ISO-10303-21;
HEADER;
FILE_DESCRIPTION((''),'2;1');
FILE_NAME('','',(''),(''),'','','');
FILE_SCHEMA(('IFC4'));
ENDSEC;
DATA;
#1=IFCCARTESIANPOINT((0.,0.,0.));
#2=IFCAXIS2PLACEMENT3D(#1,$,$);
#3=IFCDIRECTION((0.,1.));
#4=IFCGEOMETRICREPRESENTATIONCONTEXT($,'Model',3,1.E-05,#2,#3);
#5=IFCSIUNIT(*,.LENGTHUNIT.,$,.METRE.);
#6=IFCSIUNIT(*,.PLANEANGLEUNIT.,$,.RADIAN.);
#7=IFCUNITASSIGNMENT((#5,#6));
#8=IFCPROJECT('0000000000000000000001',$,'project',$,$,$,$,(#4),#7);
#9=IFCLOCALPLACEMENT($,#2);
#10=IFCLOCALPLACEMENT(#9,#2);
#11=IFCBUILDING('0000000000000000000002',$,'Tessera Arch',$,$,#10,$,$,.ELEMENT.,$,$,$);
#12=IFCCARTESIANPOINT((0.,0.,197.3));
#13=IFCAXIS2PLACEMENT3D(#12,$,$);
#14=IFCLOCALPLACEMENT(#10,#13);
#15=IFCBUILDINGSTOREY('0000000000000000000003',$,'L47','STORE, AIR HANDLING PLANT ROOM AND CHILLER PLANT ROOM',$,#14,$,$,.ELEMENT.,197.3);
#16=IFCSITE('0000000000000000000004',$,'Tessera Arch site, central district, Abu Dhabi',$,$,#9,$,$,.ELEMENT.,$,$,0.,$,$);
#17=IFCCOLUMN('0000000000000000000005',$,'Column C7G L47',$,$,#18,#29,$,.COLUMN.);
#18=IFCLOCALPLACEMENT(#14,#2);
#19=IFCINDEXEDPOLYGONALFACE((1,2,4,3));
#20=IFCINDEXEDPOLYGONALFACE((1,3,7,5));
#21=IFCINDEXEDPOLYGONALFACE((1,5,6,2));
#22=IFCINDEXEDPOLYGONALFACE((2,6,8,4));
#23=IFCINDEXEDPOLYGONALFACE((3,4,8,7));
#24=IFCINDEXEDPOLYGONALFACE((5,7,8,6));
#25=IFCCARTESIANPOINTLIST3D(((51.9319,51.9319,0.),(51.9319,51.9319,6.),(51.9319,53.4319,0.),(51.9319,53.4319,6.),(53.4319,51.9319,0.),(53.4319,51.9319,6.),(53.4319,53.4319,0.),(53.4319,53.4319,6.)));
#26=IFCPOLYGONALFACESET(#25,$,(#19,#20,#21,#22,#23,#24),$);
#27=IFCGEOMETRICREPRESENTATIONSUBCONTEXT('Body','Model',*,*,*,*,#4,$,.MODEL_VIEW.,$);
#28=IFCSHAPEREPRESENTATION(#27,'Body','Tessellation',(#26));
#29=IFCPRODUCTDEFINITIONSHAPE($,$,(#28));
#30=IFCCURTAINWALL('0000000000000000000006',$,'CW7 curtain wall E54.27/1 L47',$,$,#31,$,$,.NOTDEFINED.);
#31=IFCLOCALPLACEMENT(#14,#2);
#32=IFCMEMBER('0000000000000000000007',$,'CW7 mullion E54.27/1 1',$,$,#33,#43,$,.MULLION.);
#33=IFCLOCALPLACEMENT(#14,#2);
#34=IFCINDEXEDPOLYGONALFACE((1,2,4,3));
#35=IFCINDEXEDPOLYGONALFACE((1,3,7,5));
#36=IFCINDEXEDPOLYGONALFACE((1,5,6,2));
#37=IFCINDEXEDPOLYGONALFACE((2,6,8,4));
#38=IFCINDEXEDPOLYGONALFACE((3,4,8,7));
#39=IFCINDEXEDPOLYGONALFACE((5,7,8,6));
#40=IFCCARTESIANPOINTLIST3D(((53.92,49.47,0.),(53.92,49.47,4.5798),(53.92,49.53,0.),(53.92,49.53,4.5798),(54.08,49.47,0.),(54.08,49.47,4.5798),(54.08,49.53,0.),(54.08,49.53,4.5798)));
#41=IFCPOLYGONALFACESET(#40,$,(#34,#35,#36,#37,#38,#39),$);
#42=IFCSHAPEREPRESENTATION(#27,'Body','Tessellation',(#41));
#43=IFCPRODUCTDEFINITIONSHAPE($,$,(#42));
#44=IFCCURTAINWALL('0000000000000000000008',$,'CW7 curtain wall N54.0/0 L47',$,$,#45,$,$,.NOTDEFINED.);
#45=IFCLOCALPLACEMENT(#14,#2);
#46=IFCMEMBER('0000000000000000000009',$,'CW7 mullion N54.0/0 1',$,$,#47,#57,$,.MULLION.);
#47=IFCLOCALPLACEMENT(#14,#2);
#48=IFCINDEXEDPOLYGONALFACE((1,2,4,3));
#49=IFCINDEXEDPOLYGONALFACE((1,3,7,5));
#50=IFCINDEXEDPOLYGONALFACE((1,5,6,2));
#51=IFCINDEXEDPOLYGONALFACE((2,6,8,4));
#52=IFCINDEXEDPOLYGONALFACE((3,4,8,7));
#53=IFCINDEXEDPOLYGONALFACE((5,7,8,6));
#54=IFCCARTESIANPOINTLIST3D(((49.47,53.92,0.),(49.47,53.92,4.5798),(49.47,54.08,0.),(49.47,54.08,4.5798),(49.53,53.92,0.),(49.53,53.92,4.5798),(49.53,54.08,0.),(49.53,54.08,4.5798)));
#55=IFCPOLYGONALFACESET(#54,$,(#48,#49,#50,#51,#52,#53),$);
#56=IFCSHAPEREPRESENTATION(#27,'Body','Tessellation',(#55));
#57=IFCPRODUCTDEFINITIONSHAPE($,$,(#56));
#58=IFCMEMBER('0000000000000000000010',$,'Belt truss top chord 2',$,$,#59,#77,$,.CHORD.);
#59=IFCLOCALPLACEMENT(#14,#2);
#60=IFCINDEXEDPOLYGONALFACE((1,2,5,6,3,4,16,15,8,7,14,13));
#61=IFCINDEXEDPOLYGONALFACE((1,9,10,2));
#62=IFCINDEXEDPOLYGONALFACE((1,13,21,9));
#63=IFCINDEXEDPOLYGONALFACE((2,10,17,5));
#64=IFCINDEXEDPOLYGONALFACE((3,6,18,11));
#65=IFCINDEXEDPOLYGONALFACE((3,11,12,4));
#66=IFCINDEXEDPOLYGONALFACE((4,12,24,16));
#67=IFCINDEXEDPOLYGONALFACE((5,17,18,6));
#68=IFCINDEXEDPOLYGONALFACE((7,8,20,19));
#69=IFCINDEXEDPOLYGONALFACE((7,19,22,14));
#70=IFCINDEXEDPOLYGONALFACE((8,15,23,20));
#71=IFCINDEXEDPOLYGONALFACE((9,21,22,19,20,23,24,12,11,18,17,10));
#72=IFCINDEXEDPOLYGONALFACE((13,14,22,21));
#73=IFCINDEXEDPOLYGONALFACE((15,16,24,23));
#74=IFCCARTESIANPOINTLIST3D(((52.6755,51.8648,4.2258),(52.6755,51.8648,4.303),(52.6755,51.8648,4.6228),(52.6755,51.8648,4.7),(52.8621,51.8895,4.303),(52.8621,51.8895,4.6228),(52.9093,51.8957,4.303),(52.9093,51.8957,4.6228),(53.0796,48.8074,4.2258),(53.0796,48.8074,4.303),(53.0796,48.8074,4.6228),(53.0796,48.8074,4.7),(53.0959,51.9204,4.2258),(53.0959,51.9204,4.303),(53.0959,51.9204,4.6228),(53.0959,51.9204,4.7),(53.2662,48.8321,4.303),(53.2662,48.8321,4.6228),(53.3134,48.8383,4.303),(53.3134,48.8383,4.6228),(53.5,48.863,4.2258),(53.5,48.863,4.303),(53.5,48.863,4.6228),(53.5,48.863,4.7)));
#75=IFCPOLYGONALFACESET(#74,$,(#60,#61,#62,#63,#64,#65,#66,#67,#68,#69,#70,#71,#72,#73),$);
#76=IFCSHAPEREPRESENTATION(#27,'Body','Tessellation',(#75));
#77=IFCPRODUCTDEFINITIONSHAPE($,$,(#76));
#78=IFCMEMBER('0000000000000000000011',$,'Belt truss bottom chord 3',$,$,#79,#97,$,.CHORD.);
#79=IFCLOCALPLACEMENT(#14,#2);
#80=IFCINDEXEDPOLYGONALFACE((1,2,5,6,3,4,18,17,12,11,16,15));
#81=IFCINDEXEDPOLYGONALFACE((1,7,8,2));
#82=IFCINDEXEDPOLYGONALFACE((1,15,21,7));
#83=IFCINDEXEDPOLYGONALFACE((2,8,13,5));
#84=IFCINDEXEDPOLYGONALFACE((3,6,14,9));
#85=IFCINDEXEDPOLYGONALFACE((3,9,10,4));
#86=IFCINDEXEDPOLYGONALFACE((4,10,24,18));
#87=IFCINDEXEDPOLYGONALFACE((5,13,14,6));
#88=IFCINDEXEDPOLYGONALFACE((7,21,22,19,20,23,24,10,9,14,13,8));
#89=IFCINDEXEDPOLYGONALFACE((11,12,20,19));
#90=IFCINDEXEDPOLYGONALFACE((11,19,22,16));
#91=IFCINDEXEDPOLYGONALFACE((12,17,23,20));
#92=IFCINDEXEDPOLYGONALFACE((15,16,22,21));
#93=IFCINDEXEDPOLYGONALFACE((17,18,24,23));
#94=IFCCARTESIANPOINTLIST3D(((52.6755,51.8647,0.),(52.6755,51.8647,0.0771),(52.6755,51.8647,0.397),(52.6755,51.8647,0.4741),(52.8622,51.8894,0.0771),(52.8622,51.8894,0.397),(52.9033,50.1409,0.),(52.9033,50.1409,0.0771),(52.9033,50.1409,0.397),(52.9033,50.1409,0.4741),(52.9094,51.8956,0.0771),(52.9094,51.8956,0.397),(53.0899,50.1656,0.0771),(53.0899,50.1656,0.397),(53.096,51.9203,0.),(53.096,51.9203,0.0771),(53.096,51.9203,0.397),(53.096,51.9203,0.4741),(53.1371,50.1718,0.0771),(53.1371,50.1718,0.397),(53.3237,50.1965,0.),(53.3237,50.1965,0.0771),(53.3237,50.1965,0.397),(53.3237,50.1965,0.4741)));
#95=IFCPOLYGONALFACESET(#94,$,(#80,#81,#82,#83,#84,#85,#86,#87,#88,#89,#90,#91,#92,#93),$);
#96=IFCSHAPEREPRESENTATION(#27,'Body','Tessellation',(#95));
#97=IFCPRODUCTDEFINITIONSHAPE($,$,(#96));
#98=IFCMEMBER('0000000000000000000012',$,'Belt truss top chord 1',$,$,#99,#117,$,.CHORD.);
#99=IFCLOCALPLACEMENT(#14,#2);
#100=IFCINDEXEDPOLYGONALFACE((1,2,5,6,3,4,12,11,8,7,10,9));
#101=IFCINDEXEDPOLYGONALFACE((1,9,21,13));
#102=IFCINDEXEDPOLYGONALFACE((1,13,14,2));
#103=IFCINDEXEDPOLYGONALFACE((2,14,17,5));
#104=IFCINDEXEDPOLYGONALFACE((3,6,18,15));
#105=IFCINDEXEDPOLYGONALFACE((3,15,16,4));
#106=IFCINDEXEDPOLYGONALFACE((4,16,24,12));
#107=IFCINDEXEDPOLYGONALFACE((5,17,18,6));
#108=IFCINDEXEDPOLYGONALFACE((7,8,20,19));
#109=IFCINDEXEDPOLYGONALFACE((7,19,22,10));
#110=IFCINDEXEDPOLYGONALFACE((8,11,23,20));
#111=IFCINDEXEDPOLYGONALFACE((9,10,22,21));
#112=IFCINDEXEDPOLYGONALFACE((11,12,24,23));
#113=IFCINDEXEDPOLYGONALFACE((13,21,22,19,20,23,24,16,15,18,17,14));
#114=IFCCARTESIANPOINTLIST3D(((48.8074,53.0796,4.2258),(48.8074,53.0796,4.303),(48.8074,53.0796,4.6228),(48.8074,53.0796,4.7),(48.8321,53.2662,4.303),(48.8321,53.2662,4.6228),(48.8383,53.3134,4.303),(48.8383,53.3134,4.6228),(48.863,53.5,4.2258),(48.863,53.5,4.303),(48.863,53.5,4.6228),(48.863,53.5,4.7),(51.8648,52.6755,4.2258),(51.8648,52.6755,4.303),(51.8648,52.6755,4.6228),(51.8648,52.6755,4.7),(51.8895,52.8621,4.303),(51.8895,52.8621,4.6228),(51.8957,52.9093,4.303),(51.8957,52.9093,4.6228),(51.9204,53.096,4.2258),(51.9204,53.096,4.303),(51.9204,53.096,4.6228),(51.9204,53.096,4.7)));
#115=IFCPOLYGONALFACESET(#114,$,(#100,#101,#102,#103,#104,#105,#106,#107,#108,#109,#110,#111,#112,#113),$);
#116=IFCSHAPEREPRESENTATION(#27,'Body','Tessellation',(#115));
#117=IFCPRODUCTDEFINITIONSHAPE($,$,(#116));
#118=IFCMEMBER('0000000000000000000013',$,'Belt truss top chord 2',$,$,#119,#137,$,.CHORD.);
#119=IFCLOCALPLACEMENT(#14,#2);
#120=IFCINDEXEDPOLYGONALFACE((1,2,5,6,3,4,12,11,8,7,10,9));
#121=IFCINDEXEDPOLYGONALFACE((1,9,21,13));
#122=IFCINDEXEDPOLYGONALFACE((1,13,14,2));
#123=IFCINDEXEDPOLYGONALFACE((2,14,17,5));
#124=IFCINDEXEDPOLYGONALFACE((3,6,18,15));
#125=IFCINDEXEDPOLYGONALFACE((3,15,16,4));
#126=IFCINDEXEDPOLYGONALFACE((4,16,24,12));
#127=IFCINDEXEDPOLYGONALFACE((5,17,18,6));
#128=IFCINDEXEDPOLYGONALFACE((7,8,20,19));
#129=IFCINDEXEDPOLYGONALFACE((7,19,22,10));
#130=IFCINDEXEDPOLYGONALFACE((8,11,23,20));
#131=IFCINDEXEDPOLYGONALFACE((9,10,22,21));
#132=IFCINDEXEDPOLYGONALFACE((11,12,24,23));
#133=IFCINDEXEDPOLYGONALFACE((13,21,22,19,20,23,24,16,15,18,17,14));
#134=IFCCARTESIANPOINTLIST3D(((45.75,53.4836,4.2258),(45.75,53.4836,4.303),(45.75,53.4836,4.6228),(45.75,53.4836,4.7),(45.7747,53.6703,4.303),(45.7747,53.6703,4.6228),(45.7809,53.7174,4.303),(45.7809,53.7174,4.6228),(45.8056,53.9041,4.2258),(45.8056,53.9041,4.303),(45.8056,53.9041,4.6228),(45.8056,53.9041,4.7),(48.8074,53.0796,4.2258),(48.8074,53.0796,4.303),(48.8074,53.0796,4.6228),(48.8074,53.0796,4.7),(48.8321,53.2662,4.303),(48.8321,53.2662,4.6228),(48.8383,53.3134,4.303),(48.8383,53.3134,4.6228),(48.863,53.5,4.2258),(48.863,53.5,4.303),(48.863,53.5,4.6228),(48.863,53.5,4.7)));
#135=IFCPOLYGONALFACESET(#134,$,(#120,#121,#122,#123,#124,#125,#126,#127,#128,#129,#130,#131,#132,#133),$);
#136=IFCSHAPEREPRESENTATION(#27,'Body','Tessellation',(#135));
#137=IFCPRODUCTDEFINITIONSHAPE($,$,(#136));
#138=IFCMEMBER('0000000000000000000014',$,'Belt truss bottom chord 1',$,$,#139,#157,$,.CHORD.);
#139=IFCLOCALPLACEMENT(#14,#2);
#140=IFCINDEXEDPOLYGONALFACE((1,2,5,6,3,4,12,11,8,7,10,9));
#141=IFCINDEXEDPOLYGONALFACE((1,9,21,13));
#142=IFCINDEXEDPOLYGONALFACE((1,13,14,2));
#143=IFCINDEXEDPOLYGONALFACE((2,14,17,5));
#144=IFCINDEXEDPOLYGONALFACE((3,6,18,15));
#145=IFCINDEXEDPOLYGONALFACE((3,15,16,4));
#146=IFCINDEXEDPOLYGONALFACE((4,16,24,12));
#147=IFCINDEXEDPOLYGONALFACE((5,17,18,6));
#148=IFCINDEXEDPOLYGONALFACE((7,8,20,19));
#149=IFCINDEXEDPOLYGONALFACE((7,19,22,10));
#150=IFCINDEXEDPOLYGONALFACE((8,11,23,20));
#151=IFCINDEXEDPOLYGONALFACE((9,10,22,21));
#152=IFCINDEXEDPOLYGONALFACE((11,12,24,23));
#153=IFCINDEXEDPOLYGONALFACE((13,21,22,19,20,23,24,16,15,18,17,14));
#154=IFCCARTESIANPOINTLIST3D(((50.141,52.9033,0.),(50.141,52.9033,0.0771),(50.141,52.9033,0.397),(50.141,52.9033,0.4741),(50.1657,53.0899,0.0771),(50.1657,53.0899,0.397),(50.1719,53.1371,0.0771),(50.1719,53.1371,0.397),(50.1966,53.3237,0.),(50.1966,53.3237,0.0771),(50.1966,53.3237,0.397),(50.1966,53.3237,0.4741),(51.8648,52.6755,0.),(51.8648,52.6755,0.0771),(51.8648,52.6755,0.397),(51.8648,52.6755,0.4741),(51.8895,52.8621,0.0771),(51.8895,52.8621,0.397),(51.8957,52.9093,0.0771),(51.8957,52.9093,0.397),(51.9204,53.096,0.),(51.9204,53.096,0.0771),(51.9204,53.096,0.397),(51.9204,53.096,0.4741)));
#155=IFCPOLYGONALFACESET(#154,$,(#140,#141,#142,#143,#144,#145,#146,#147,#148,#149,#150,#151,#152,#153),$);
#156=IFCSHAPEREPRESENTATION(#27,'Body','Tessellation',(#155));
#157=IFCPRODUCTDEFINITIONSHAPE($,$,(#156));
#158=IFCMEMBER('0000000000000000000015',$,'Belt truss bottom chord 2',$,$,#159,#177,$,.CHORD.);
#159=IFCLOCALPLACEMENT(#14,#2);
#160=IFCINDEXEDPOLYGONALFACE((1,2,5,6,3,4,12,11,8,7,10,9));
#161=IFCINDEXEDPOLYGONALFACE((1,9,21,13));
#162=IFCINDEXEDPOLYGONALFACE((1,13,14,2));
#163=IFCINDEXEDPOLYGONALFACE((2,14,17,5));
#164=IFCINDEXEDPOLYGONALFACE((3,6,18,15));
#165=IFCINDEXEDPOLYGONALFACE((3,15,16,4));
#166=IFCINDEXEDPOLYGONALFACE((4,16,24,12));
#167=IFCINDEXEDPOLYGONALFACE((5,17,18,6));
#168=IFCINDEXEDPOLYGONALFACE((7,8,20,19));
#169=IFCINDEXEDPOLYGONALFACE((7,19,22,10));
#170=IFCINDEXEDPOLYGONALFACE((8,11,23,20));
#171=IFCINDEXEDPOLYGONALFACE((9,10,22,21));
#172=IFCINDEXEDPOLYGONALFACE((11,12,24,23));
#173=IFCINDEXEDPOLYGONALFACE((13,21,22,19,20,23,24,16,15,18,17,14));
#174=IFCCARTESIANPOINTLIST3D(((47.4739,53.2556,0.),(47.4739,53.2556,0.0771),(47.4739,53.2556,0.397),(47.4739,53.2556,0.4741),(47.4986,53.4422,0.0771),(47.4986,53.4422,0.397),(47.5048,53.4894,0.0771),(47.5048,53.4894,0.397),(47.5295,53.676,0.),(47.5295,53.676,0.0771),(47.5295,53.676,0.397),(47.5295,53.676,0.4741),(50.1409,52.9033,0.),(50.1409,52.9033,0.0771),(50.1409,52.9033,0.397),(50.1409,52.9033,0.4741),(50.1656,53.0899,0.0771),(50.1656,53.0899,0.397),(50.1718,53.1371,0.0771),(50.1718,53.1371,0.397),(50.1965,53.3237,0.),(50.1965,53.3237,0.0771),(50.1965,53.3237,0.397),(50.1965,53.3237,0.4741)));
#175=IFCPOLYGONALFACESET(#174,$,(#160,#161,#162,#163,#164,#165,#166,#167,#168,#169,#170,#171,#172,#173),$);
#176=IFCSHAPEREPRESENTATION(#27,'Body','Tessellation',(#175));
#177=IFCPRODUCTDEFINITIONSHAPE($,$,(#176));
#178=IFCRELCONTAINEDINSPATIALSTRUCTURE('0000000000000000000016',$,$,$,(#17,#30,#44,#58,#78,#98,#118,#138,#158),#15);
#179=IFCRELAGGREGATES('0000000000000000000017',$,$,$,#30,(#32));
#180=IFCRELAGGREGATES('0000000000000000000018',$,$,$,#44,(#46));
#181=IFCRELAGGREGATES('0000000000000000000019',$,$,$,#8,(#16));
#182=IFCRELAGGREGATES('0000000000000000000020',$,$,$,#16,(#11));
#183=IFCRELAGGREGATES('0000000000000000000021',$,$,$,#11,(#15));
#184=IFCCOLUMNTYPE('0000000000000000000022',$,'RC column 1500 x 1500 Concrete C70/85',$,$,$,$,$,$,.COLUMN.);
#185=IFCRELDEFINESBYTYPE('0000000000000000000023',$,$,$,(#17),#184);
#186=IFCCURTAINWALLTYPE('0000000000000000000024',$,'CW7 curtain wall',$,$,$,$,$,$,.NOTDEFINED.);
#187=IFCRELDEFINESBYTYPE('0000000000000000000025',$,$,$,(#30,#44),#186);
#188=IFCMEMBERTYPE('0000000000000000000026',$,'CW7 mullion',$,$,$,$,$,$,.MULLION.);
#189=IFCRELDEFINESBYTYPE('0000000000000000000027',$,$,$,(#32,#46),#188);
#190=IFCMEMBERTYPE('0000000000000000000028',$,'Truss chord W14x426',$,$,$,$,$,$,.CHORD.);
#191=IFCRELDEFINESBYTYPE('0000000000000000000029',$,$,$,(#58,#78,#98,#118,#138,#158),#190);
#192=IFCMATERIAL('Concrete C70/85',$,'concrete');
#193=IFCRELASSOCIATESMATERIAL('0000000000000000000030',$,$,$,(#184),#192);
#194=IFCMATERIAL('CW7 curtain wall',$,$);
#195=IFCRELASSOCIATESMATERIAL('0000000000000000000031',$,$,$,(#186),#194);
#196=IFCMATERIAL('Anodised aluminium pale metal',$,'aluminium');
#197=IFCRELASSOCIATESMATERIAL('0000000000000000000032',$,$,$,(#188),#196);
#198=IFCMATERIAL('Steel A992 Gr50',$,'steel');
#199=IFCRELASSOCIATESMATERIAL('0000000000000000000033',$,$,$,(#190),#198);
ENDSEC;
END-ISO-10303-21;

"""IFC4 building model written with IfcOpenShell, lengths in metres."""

from ifc_helpers import new_model, si_unit, direction, frame, origin, origin_2d, place, context, subcontext, project, spatial, rectangle, i_section, extrude, material, material_profile, profile_set, type_object, element, aggregate, save


model = new_model("IFC4")

# Units and contexts
model_context = context("Model", 3, precision=1e-05, world=origin(), true_north=direction((0.0, 1.0)))
body_context = subcontext(model_context, "Body", "Model", "MODEL_VIEW")
ifc_project = project(units=[si_unit("LENGTHUNIT", "METRE"), si_unit("PLANEANGLEUNIT", "RADIAN")], contexts=[model_context])

# Site, building, storey
site_placement = place(None, origin())
site = spatial("IfcSite", under=ifc_project, at=site_placement, Name="Tessera Arch site, central district, Abu Dhabi", CompositionType="ELEMENT", RefElevation=0.0)
building_placement = place(site_placement, origin())
building = spatial("IfcBuilding", under=site, at=building_placement, Name="Tessera Arch", CompositionType="ELEMENT")
storey_placement = place(building_placement, frame((0.0, 0.0, 197.3)))
storey = spatial("IfcBuildingStorey", under=building, at=storey_placement, Name="L47", Description="STORE, AIR HANDLING PLANT ROOM AND CHILLER PLANT ROOM", CompositionType="ELEMENT", Elevation=197.3)

# Column
ifc_material_1 = material(Name="Concrete C70/85", Category="concrete")
ifc_material_profile_1 = material_profile(ifc_material_1, rectangle(XDim=1.5, YDim=1.5, at=origin_2d()), Name="RC column 1500 x 1500 Concrete C70/85")
ifc_profile_set_1 = profile_set([ifc_material_profile_1], Name="Concrete C70/85")
column_type = type_object("IfcColumnType", Name="RC column 1500 x 1500 Concrete C70/85", PredefinedType="COLUMN", material=ifc_profile_set_1)
column_placement = place(storey_placement, frame((52.6819, 52.6819, 0.0), z_axis=(0.0, 0.0, 1.0), x_axis=(1.0, 0.0, 0.0)))
element("IfcColumn", 1, at=column_placement, inside=storey, type_object=column_type, Name="Column C7G L47", PredefinedType="COLUMN", context=body_context, shape_type="SweptSolid", body=[
    extrude(rectangle(XDim=1.5, YDim=1.5, at=origin_2d()), origin(), (0.0, 0.0, 1.0), 6.0),
])

# Curtain walls, members
ifc_material_2 = material(Name="CW7 curtain wall")
curtain_wall_type = type_object("IfcCurtainWallType", Name="CW7 curtain wall", PredefinedType="NOTDEFINED", material=ifc_material_2)
curtain_wall_1_placement = place(storey_placement, origin())
curtain_wall_1 = element("IfcCurtainWall", 2, at=curtain_wall_1_placement, inside=storey, type_object=curtain_wall_type, Name="CW7 curtain wall E54.27/1 L47", PredefinedType="NOTDEFINED")
ifc_material_3 = material(Name="Anodised aluminium pale metal", Category="aluminium")
ifc_material_profile_2 = material_profile(ifc_material_3, rectangle(XDim=0.1599, YDim=0.0601, at=origin_2d()), Name="AL 60x160")
ifc_profile_set_2 = profile_set([ifc_material_profile_2], Name="Anodised aluminium pale metal")
member_type_1 = type_object("IfcMemberType", Name="CW7 mullion", PredefinedType="MULLION", material=ifc_profile_set_2)
member_1_placement = place(storey_placement, frame((54.0, 49.5, 0.0), z_axis=(0.0, 0.0, 1.0), x_axis=(-1.0, 0.0, 0.0)))
member_1 = element("IfcMember", 3, at=member_1_placement, type_object=member_type_1, Name="CW7 mullion E54.27/1 1", PredefinedType="MULLION", context=body_context, shape_type="SweptSolid", body=[
    extrude(rectangle(XDim=0.1599, YDim=0.0601, at=origin_2d()), origin(), (0.0, 0.0, 1.0), 4.5798),
])
aggregate(curtain_wall_1, [member_1])
curtain_wall_2_placement = place(storey_placement, origin())
curtain_wall_2 = element("IfcCurtainWall", 4, at=curtain_wall_2_placement, inside=storey, type_object=curtain_wall_type, Name="CW7 curtain wall N54.0/0 L47", PredefinedType="NOTDEFINED")
member_2_placement = place(storey_placement, frame((49.5, 54.0, 0.0), z_axis=(0.0, 0.0, 1.0), x_axis=(0.0, -1.0, 0.0)))
member_2 = element("IfcMember", 5, at=member_2_placement, type_object=member_type_1, Name="CW7 mullion N54.0/0 1", PredefinedType="MULLION", context=body_context, shape_type="SweptSolid", body=[
    extrude(rectangle(XDim=0.1599, YDim=0.0601, at=origin_2d()), origin(), (0.0, 0.0, 1.0), 4.5798),
])

# Members
ifc_material_4 = material(Name="Steel A992 Gr50", Category="steel")
ifc_material_profile_3 = material_profile(ifc_material_4, i_section(OverallWidth=0.4241, OverallDepth=0.4741, WebThickness=0.0476, FlangeThickness=0.0771, at=origin_2d()), Name="W14x426")
ifc_profile_set_3 = profile_set([ifc_material_profile_3], Name="Steel A992 Gr50")
member_type_2 = type_object("IfcMemberType", Name="Truss chord W14x426", PredefinedType="CHORD", material=ifc_profile_set_3)
member_3_placement = place(storey_placement, frame((53.2898, 48.8352, 4.4629), z_axis=(-0.131018, 0.99138, 0.0), x_axis=(-0.99138, -0.131018, 0.0)))
element("IfcMember", 6, at=member_3_placement, inside=storey, type_object=member_type_2, Name="Belt truss top chord 2", PredefinedType="CHORD", context=body_context, shape_type="SweptSolid", body=[
    extrude(i_section(OverallWidth=0.4241, OverallDepth=0.4741, WebThickness=0.0476, FlangeThickness=0.0771, at=origin_2d()), origin(), (0.0, 0.0, 1.0), 3.084),
])
member_4_placement = place(storey_placement, frame((53.1135, 50.1687, 0.2371), z_axis=(-0.130996, 0.991383, 0.0), x_axis=(-0.991383, -0.130996, 0.0)))
element("IfcMember", 7, at=member_4_placement, inside=storey, type_object=member_type_2, Name="Belt truss bottom chord 3", PredefinedType="CHORD", context=body_context, shape_type="SweptSolid", body=[
    extrude(i_section(OverallWidth=0.4241, OverallDepth=0.4741, WebThickness=0.0476, FlangeThickness=0.0771, at=origin_2d()), origin(), (0.0, 0.0, 1.0), 1.7388),
])
for number, where, z_axis, x_axis, name in (
    (8, (51.8926, 52.8857, 4.4629), (-0.99138, 0.131018, 0.0), (-0.131018, -0.99138, 0.0), "Belt truss top chord 1"),
    (9, (48.8352, 53.2898, 4.4629), (-0.99138, 0.131018, 0.0), (-0.131018, -0.99138, 0.0), "Belt truss top chord 2"),
):
    element("IfcMember", number, at=place(storey_placement, frame(where, z_axis=z_axis, x_axis=x_axis)), inside=storey, type_object=member_type_2, Name=name, PredefinedType="CHORD", context=body_context, shape_type="SweptSolid", body=[
        extrude(i_section(OverallWidth=0.4241, OverallDepth=0.4741, WebThickness=0.0476, FlangeThickness=0.0771, at=origin_2d()), origin(), (0.0, 0.0, 1.0), 3.084),
    ])
member_5_placement = place(storey_placement, frame((51.8926, 52.8857, 0.2371), z_axis=(-0.991383, 0.130996, 0.0), x_axis=(-0.130996, -0.991383, 0.0)))
element("IfcMember", 10, at=member_5_placement, inside=storey, type_object=member_type_2, Name="Belt truss bottom chord 1", PredefinedType="CHORD", context=body_context, shape_type="SweptSolid", body=[
    extrude(i_section(OverallWidth=0.4241, OverallDepth=0.4741, WebThickness=0.0476, FlangeThickness=0.0771, at=origin_2d()), origin(), (0.0, 0.0, 1.0), 1.7388),
])
member_6_placement = place(storey_placement, frame((50.1687, 53.1135, 0.2371), z_axis=(-0.991388, 0.130957, 0.0), x_axis=(-0.130957, -0.991388, 0.0)))
element("IfcMember", 11, at=member_6_placement, inside=storey, type_object=member_type_2, Name="Belt truss bottom chord 2", PredefinedType="CHORD", context=body_context, shape_type="SweptSolid", body=[
    extrude(i_section(OverallWidth=0.4241, OverallDepth=0.4741, WebThickness=0.0476, FlangeThickness=0.0771, at=origin_2d()), origin(), (0.0, 0.0, 1.0), 2.6902),
])

aggregate(curtain_wall_2, [member_2])

save(model, "model.ifc")
